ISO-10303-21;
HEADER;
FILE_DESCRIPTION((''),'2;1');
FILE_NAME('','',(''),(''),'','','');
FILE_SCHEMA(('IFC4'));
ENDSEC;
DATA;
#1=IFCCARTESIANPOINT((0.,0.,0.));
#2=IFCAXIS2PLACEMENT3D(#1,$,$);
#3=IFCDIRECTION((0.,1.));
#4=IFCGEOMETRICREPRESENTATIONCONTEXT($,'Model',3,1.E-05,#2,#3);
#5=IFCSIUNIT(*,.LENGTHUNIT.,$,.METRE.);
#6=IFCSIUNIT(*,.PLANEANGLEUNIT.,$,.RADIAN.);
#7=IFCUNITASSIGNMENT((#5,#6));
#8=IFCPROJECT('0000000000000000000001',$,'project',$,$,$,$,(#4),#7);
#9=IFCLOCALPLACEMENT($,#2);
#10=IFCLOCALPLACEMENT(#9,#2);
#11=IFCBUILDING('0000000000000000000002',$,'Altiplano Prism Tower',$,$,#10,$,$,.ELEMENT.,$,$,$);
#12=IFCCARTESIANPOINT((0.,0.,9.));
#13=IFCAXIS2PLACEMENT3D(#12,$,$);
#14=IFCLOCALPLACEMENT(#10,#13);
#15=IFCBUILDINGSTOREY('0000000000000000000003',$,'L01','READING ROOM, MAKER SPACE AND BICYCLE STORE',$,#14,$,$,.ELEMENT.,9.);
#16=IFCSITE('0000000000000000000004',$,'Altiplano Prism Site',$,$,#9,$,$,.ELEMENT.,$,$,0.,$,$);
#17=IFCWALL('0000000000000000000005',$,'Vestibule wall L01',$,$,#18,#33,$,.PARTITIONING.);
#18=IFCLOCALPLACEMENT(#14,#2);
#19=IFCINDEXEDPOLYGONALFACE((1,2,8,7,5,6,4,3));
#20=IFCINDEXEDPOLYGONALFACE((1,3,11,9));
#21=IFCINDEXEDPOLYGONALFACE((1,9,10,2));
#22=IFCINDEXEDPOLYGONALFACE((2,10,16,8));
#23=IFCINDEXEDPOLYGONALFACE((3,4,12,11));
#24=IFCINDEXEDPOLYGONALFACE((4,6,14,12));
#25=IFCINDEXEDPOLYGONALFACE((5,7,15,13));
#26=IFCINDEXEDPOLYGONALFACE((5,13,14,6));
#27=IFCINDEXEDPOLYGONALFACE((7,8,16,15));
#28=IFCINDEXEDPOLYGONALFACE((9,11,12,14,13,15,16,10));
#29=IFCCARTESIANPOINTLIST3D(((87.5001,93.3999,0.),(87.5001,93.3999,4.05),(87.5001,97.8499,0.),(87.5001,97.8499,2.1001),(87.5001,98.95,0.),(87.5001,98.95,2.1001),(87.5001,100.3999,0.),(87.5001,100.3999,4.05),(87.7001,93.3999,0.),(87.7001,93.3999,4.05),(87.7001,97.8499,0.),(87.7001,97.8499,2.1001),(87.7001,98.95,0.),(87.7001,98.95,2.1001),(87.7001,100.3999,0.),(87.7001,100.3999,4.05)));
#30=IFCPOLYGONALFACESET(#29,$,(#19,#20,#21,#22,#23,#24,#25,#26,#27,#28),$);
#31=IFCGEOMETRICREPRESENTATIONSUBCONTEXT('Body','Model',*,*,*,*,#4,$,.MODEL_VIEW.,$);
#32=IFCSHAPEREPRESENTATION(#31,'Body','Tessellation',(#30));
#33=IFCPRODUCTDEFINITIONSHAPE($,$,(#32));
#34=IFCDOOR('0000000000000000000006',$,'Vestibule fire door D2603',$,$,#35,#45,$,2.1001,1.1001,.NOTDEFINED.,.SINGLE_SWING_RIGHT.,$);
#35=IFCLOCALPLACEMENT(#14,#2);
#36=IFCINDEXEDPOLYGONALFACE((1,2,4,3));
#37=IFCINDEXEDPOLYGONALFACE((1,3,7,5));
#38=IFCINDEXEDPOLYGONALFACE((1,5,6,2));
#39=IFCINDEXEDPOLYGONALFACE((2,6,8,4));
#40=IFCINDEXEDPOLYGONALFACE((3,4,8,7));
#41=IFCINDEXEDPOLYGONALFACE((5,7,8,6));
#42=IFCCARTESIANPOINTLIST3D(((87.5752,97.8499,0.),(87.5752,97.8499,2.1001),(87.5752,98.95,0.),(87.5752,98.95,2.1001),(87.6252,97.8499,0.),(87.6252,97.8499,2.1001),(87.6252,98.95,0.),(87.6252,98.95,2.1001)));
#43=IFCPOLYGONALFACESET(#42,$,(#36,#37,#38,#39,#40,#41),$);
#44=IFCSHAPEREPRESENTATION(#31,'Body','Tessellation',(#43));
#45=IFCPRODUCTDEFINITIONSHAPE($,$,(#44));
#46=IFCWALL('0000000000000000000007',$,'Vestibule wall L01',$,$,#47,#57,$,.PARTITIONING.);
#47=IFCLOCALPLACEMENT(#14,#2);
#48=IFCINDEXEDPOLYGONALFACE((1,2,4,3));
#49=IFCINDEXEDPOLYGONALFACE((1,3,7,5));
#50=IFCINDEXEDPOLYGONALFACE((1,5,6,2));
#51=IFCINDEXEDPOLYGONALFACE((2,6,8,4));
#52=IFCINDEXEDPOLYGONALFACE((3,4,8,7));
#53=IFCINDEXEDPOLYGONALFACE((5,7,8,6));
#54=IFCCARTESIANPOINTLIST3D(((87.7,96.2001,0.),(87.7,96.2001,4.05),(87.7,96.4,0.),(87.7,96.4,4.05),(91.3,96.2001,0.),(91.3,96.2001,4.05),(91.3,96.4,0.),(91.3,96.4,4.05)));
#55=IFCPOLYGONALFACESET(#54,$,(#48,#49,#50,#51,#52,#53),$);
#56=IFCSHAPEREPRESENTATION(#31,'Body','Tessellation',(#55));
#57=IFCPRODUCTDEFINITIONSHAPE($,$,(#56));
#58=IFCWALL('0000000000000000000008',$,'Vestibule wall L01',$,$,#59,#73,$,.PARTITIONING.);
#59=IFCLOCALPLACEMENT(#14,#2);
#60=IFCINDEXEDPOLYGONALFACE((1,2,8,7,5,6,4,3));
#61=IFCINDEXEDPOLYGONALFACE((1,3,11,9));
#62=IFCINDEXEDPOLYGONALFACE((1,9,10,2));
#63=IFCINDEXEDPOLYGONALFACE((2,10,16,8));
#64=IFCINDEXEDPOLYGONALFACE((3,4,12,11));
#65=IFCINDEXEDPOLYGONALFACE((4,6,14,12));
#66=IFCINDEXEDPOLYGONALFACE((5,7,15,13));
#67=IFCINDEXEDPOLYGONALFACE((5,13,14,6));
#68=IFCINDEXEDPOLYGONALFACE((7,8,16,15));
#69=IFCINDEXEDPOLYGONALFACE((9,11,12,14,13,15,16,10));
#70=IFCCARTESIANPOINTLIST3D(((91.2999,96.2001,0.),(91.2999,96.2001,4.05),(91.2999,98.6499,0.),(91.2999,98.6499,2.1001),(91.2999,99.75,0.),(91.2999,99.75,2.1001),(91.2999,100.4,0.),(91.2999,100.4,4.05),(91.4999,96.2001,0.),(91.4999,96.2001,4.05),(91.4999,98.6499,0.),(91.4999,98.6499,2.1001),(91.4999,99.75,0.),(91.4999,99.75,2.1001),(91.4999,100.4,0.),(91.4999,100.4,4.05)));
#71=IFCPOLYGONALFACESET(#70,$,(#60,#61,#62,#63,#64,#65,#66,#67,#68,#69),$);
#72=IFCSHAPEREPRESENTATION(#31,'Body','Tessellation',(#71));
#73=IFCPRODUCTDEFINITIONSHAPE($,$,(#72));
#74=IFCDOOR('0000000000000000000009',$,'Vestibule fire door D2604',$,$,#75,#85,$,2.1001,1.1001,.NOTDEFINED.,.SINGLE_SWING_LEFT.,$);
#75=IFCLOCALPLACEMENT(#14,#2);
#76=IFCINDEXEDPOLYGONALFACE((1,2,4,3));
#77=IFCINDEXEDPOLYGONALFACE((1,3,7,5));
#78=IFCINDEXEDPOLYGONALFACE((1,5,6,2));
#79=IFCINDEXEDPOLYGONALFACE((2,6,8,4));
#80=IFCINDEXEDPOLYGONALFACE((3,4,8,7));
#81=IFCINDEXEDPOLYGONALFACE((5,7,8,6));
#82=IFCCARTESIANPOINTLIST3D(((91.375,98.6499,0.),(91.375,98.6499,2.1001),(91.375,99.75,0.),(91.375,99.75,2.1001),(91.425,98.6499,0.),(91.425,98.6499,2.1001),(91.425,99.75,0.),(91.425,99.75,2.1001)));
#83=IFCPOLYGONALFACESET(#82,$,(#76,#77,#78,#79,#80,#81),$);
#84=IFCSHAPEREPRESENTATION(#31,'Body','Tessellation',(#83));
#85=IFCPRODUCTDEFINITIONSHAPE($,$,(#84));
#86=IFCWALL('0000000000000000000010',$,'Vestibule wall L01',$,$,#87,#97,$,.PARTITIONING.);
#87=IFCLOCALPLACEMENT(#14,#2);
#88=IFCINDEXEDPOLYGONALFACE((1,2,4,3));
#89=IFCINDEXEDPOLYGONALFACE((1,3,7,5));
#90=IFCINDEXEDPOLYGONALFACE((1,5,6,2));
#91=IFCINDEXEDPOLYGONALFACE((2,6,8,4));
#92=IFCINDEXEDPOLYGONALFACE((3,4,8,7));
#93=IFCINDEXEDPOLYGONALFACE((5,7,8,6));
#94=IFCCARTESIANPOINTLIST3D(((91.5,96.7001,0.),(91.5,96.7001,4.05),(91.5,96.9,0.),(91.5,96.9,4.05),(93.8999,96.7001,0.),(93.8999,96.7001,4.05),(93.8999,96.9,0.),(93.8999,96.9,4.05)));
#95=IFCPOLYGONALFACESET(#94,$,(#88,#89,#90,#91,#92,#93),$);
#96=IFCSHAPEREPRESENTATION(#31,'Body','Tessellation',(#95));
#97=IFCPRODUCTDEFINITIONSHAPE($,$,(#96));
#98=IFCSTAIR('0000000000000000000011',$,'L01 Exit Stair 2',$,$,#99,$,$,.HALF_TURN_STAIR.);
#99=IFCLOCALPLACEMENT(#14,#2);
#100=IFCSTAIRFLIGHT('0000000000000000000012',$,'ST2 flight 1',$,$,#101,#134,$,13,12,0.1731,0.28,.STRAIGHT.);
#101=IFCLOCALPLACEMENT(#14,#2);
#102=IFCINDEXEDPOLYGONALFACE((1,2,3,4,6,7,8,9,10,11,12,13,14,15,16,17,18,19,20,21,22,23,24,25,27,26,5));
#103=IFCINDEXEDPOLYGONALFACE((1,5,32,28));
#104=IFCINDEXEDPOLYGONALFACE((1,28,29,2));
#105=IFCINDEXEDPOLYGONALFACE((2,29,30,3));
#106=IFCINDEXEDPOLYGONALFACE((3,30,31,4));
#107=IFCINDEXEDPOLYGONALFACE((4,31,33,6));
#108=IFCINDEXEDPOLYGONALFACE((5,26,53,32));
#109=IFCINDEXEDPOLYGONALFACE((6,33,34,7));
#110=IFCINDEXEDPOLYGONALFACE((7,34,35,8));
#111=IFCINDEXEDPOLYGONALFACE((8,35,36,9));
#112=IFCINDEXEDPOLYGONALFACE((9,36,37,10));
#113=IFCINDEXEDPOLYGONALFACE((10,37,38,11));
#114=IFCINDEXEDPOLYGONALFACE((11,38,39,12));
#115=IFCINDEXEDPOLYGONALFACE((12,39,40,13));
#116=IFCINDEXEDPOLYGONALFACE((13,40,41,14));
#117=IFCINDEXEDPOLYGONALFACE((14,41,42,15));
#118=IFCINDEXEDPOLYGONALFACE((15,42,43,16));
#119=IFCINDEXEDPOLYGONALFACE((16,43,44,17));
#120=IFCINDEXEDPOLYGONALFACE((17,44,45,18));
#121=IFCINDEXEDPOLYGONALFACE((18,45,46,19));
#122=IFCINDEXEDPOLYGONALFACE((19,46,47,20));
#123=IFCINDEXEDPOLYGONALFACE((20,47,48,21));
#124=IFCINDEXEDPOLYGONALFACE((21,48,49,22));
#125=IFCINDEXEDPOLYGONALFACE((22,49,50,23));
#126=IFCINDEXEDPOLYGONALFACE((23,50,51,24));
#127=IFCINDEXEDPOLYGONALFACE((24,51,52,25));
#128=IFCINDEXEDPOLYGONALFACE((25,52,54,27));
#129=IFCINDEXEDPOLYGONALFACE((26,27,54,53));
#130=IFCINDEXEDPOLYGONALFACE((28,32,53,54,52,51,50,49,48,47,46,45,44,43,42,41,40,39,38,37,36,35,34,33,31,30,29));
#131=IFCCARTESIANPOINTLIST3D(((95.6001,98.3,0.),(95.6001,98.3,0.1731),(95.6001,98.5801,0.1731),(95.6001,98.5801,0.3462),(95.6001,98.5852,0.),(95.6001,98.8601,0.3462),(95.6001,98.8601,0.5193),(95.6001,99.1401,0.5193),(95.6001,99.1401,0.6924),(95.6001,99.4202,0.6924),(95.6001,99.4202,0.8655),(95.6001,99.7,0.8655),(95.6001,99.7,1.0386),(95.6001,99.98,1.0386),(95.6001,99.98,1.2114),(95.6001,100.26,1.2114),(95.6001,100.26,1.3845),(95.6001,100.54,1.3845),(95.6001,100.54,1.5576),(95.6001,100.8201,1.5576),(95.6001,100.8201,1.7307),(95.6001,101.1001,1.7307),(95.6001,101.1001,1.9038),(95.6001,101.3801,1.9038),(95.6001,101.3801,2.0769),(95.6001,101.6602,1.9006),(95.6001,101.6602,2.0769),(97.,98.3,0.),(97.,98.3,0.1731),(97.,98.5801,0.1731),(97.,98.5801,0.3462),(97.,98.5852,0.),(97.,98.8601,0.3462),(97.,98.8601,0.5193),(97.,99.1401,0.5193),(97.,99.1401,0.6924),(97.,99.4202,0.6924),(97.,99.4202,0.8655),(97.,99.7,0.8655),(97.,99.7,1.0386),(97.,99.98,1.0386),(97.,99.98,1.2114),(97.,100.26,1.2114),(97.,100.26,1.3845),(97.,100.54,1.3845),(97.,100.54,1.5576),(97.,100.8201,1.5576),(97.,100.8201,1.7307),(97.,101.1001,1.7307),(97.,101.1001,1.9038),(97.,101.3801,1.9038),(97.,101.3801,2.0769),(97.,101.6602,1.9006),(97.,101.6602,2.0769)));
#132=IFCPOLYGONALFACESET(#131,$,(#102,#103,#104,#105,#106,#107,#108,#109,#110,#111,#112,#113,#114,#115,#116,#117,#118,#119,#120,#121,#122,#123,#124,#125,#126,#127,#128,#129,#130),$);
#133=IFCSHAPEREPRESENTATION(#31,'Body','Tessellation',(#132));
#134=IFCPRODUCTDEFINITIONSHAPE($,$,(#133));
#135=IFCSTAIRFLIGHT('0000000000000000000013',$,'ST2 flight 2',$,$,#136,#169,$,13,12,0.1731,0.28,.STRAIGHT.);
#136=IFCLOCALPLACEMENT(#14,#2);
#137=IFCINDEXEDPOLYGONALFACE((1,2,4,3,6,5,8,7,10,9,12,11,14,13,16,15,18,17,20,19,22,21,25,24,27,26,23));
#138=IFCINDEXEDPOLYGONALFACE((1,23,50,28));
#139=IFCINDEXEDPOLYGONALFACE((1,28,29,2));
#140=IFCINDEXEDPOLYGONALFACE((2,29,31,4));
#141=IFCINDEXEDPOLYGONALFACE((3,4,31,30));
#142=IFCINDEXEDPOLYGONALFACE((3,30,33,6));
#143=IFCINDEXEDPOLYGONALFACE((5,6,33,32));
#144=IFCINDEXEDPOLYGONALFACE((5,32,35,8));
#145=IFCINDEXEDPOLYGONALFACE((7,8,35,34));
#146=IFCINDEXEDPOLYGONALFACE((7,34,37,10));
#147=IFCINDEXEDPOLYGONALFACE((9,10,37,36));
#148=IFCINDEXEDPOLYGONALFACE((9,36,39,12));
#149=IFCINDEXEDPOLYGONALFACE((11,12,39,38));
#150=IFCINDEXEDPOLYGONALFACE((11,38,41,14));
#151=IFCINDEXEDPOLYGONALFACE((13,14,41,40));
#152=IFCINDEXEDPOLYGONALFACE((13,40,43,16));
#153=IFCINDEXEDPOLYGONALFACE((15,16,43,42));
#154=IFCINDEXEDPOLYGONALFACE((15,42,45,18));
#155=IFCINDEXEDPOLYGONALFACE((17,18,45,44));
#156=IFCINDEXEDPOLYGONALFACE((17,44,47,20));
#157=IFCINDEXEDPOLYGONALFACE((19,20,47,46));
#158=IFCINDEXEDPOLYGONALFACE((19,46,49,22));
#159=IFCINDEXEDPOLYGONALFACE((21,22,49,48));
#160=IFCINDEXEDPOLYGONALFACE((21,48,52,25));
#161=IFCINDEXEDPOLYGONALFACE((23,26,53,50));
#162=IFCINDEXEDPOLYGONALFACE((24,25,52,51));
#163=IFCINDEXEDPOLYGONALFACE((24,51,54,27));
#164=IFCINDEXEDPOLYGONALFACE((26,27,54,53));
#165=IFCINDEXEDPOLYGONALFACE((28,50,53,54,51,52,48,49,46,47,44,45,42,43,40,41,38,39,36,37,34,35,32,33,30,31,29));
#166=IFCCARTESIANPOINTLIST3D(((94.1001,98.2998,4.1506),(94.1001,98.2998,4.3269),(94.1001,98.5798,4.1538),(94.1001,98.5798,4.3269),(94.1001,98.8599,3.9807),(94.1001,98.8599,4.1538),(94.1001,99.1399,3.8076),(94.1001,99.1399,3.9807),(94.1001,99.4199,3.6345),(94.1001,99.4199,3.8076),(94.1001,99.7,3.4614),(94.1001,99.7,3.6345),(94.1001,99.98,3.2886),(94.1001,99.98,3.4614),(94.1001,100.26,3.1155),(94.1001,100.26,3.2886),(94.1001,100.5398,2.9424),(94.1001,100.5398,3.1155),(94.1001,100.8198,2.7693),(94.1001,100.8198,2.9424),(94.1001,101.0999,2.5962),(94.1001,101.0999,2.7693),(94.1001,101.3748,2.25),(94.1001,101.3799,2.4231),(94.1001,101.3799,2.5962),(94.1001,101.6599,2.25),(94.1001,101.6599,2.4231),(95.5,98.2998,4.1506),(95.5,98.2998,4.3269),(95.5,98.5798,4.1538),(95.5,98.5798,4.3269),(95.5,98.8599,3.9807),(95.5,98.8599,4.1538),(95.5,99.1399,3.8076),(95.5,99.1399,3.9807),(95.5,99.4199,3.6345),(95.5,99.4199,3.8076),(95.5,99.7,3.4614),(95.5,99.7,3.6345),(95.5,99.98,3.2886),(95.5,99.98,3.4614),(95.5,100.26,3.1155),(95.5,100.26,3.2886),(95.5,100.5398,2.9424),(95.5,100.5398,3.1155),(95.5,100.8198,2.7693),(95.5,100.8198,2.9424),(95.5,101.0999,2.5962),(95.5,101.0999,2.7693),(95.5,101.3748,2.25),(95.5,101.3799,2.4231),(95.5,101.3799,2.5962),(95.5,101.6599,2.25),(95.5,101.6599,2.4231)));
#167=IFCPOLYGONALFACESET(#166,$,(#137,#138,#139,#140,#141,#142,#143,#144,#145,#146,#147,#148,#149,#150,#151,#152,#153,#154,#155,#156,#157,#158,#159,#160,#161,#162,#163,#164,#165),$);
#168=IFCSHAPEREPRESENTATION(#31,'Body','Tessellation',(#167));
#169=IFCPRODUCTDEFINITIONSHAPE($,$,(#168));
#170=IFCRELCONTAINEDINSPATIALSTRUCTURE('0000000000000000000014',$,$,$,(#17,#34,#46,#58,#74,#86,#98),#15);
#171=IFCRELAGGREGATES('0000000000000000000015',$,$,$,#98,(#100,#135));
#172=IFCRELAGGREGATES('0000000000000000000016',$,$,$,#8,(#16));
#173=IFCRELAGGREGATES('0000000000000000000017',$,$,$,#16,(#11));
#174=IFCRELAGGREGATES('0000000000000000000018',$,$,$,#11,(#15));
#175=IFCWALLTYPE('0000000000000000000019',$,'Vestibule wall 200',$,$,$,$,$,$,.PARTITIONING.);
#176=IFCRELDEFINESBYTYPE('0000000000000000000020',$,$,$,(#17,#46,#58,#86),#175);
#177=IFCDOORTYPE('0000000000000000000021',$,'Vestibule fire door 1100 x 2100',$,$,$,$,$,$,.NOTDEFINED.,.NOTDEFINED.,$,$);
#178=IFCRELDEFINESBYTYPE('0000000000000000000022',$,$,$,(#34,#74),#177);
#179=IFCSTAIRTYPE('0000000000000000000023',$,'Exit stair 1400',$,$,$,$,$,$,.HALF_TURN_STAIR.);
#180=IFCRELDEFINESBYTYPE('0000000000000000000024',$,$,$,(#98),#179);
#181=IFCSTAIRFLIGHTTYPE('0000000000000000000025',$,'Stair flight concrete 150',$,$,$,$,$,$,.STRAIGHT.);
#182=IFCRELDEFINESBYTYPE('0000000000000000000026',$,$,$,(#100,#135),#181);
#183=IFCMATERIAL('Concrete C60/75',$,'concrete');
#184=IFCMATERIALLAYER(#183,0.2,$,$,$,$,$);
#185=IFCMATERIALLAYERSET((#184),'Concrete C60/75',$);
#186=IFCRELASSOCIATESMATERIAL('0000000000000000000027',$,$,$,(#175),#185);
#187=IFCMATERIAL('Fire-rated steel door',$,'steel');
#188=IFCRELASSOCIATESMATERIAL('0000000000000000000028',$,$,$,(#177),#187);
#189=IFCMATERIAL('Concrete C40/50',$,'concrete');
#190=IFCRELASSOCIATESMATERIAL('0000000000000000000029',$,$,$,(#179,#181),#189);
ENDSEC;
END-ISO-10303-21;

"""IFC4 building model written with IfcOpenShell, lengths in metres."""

from ifc_helpers import new_model, si_unit, direction, frame, frame_2d, origin, place, context, subcontext, project, spatial, polyline, rectangle, outline, extrude, material, layer, layer_set, type_object, element, fill, aggregate, save


model = new_model("IFC4")

# Units and contexts
model_context = context("Model", 3, precision=1e-05, world=origin(), true_north=direction((0.0, 1.0)))
body_context = subcontext(model_context, "Body", "Model", "MODEL_VIEW")
ifc_project = project(units=[si_unit("LENGTHUNIT", "METRE"), si_unit("PLANEANGLEUNIT", "RADIAN")], contexts=[model_context])

# Site, building, storey
site_placement = place(None, origin())
site = spatial("IfcSite", under=ifc_project, at=site_placement, Name="Altiplano Prism Site", CompositionType="ELEMENT", RefElevation=0.0)
building_placement = place(site_placement, origin())
building = spatial("IfcBuilding", under=site, at=building_placement, Name="Altiplano Prism Tower", CompositionType="ELEMENT")
storey_placement = place(building_placement, frame((0.0, 0.0, 9.0)))
storey = spatial("IfcBuildingStorey", under=building, at=storey_placement, Name="L01", Description="READING ROOM, MAKER SPACE AND BICYCLE STORE", CompositionType="ELEMENT", Elevation=9.0)

# Shared definitions
ifc_material_1 = material(Name="Concrete C60/75", Category="concrete")

# Shared definitions
ifc_material_2 = material(Name="Fire-rated steel door", Category="steel")

# Wall, opening, door
ifc_layer_1 = layer(ifc_material_1, 0.2)
ifc_layer_set_1 = layer_set([ifc_layer_1], Name="Concrete C60/75")
wall_type_1 = type_object("IfcWallType", Name="Vestibule wall 200", PredefinedType="PARTITIONING", material=ifc_layer_set_1)
wall_1_placement = place(storey_placement, frame((87.6001, 93.3999, 0.0), z_axis=(0.0, 0.0, 1.0), x_axis=(0.0, 1.0, 0.0)))
wall_1 = element("IfcWall", 1, at=wall_1_placement, inside=storey, type_object=wall_type_1, Name="Vestibule wall L01", PredefinedType="PARTITIONING", context=body_context, shape_type="SweptSolid", body=[
    extrude(rectangle(XDim=7.0, YDim=0.2, at=frame_2d((3.5, 0.0))), origin(), (0.0, 0.0, 1.0), 4.05),
])
opening_1_placement = place(wall_1_placement, frame((4.45, 0.0, 0.0)))
opening_1 = element("IfcOpeningElement", 2, at=opening_1_placement, cuts=wall_1, PredefinedType="OPENING", context=body_context, shape_type="SweptSolid", body=[
    extrude(rectangle(XDim=1.1001, YDim=2.1001, at=frame_2d((0.55, 1.05))), frame((0.0, 0.1104, 0.0), z_axis=(0.0, -1.0, 0.0), x_axis=(1.0, 0.0, 0.0)), (0.0, 0.0, 1.0), 0.2209),
])
door_type_1 = type_object("IfcDoorType", Name="Vestibule fire door 1100 x 2100", OperationType="NOTDEFINED", PredefinedType="NOTDEFINED", material=ifc_material_2)
door_1_placement = place(opening_1_placement, origin())
door_1 = element("IfcDoor", 3, at=door_1_placement, inside=storey, type_object=door_type_1, Name="Vestibule fire door D2603", OperationType="SINGLE_SWING_RIGHT", OverallHeight=2.1001, OverallWidth=1.1001, PredefinedType="NOTDEFINED", context=body_context, shape_type="SweptSolid", body=[
    extrude(rectangle(XDim=1.1001, YDim=2.1001, at=frame_2d((0.55, 1.05))), frame((0.0, 0.0249, 0.0), z_axis=(0.0, -1.0, 0.0), x_axis=(1.0, 0.0, 0.0)), (0.0, 0.0, 1.0), 0.05),
])
fill(opening_1, door_1)

# Wall
wall_2_placement = place(storey_placement, frame((87.7, 96.3, 0.0), z_axis=(0.0, 0.0, 1.0), x_axis=(1.0, 0.0, 0.0)))
element("IfcWall", 4, at=wall_2_placement, inside=storey, type_object=wall_type_1, Name="Vestibule wall L01", PredefinedType="PARTITIONING", context=body_context, shape_type="SweptSolid", body=[
    extrude(rectangle(XDim=3.6001, YDim=0.2, at=frame_2d((1.8, 0.0))), origin(), (0.0, 0.0, 1.0), 4.05),
])

# Wall, opening, door
wall_3_placement = place(storey_placement, frame((91.3999, 96.2, 0.0), z_axis=(0.0, 0.0, 1.0), x_axis=(0.0, 1.0, 0.0)))
wall_3 = element("IfcWall", 5, at=wall_3_placement, inside=storey, type_object=wall_type_1, Name="Vestibule wall L01", PredefinedType="PARTITIONING", context=body_context, shape_type="SweptSolid", body=[
    extrude(rectangle(XDim=4.2, YDim=0.2, at=frame_2d((2.1001, 0.0))), origin(), (0.0, 0.0, 1.0), 4.05),
])
opening_2_placement = place(wall_3_placement, frame((2.45, 0.0, 0.0)))
opening_2 = element("IfcOpeningElement", 6, at=opening_2_placement, cuts=wall_3, PredefinedType="OPENING", context=body_context, shape_type="SweptSolid", body=[
    extrude(rectangle(XDim=1.1001, YDim=2.1001, at=frame_2d((0.55, 1.05))), frame((0.0, 0.1104, 0.0), z_axis=(0.0, -1.0, 0.0), x_axis=(1.0, 0.0, 0.0)), (0.0, 0.0, 1.0), 0.2209),
])
door_2_placement = place(opening_2_placement, origin())
door_2 = element("IfcDoor", 7, at=door_2_placement, inside=storey, type_object=door_type_1, Name="Vestibule fire door D2604", OperationType="SINGLE_SWING_LEFT", OverallHeight=2.1001, OverallWidth=1.1001, PredefinedType="NOTDEFINED", context=body_context, shape_type="SweptSolid", body=[
    extrude(rectangle(XDim=1.1001, YDim=2.1001, at=frame_2d((0.55, 1.05))), frame((0.0, 0.0249, 0.0), z_axis=(0.0, -1.0, 0.0), x_axis=(1.0, 0.0, 0.0)), (0.0, 0.0, 1.0), 0.05),
])
fill(opening_2, door_2)

# Wall
wall_4_placement = place(storey_placement, frame((91.5, 96.8, 0.0), z_axis=(0.0, 0.0, 1.0), x_axis=(1.0, 0.0, 0.0)))
element("IfcWall", 8, at=wall_4_placement, inside=storey, type_object=wall_type_1, Name="Vestibule wall L01", PredefinedType="PARTITIONING", context=body_context, shape_type="SweptSolid", body=[
    extrude(rectangle(XDim=2.3999, YDim=0.2, at=frame_2d((1.2, 0.0))), origin(), (0.0, 0.0, 1.0), 4.05),
])

# Stair, stair flights
ifc_material_3 = material(Name="Concrete C40/50", Category="concrete")
stair_type = type_object("IfcStairType", Name="Exit stair 1400", PredefinedType="HALF_TURN_STAIR", material=ifc_material_3)
stair_placement = place(storey_placement, origin())
stair = element("IfcStair", 9, at=stair_placement, inside=storey, type_object=stair_type, Name="L01 Exit Stair 2", PredefinedType="HALF_TURN_STAIR")
stair_flight_type = type_object("IfcStairFlightType", Name="Stair flight concrete 150", PredefinedType="STRAIGHT", material=ifc_material_3)
stair_flight_1_placement = place(storey_placement, frame((96.3, 98.3, 0.0), z_axis=(0.0, 0.0, 1.0), x_axis=(0.0, 1.0, 0.0)))
stair_flight_1 = element("IfcStairFlight", 10, at=stair_flight_1_placement, type_object=stair_flight_type, Name="ST2 flight 1", NumberOfRisers=13, NumberOfTreads=12, PredefinedType="STRAIGHT", RiserHeight=0.1731, TreadLength=0.28, context=body_context, shape_type="SweptSolid", body=[
    extrude(outline(polyline([(0.0, 0.0), (0.0, 0.1731), (0.28, 0.1731), (0.28, 0.3462), (0.5601, 0.3462), (0.5601, 0.5193), (0.8401, 0.5193), (0.8401, 0.6924), (1.1201, 0.6924), (1.1201, 0.8655), (1.3999, 0.8655), (1.3999, 1.0386), (1.6799, 1.0386), (1.6799, 1.2114), (1.96, 1.2114), (1.96, 1.3845), (2.24, 1.3845), (2.24, 1.5576), (2.52, 1.5576), (2.52, 1.7307), (2.8, 1.7307), (2.8, 1.9038), (3.0801, 1.9038), (3.0801, 2.0769), (3.3601, 2.0769), (3.3601, 2.25), (3.3601, 1.9006), (0.2852, 0.0), (0.0, 0.0)])), frame((0.0, 0.7, 0.0), z_axis=(0.0, -1.0, 0.0), x_axis=(1.0, 0.0, 0.0)), (0.0, 0.0, 1.0), 1.3999),
])
stair_flight_2_placement = place(storey_placement, frame((94.8, 101.6599, 2.25), z_axis=(0.0, 0.0, 1.0), x_axis=(0.0, -1.0, 0.0)))
stair_flight_2 = element("IfcStairFlight", 11, at=stair_flight_2_placement, type_object=stair_flight_type, Name="ST2 flight 2", NumberOfRisers=13, NumberOfTreads=12, PredefinedType="STRAIGHT", RiserHeight=0.1731, TreadLength=0.28, context=body_context, shape_type="SweptSolid", body=[
    extrude(outline(polyline([(0.0, 0.0), (0.0, 0.1731), (0.28, 0.1731), (0.28, 0.3462), (0.5601, 0.3462), (0.5601, 0.5193), (0.8401, 0.5193), (0.8401, 0.6924), (1.1201, 0.6924), (1.1201, 0.8655), (1.3999, 0.8655), (1.3999, 1.0386), (1.6799, 1.0386), (1.6799, 1.2114), (1.96, 1.2114), (1.96, 1.3845), (2.24, 1.3845), (2.24, 1.5576), (2.52, 1.5576), (2.52, 1.7307), (2.8, 1.7307), (2.8, 1.9038), (3.0801, 1.9038), (3.0801, 2.0769), (3.3601, 2.0769), (3.3601, 2.25), (3.3601, 1.9006), (0.2852, 0.0), (0.0, 0.0)])), frame((0.0, 0.7, 0.0), z_axis=(0.0, -1.0, 0.0), x_axis=(1.0, 0.0, 0.0)), (0.0, 0.0, 1.0), 1.3999),
])
aggregate(stair, [stair_flight_1, stair_flight_2])

save(model, "model.ifc")
